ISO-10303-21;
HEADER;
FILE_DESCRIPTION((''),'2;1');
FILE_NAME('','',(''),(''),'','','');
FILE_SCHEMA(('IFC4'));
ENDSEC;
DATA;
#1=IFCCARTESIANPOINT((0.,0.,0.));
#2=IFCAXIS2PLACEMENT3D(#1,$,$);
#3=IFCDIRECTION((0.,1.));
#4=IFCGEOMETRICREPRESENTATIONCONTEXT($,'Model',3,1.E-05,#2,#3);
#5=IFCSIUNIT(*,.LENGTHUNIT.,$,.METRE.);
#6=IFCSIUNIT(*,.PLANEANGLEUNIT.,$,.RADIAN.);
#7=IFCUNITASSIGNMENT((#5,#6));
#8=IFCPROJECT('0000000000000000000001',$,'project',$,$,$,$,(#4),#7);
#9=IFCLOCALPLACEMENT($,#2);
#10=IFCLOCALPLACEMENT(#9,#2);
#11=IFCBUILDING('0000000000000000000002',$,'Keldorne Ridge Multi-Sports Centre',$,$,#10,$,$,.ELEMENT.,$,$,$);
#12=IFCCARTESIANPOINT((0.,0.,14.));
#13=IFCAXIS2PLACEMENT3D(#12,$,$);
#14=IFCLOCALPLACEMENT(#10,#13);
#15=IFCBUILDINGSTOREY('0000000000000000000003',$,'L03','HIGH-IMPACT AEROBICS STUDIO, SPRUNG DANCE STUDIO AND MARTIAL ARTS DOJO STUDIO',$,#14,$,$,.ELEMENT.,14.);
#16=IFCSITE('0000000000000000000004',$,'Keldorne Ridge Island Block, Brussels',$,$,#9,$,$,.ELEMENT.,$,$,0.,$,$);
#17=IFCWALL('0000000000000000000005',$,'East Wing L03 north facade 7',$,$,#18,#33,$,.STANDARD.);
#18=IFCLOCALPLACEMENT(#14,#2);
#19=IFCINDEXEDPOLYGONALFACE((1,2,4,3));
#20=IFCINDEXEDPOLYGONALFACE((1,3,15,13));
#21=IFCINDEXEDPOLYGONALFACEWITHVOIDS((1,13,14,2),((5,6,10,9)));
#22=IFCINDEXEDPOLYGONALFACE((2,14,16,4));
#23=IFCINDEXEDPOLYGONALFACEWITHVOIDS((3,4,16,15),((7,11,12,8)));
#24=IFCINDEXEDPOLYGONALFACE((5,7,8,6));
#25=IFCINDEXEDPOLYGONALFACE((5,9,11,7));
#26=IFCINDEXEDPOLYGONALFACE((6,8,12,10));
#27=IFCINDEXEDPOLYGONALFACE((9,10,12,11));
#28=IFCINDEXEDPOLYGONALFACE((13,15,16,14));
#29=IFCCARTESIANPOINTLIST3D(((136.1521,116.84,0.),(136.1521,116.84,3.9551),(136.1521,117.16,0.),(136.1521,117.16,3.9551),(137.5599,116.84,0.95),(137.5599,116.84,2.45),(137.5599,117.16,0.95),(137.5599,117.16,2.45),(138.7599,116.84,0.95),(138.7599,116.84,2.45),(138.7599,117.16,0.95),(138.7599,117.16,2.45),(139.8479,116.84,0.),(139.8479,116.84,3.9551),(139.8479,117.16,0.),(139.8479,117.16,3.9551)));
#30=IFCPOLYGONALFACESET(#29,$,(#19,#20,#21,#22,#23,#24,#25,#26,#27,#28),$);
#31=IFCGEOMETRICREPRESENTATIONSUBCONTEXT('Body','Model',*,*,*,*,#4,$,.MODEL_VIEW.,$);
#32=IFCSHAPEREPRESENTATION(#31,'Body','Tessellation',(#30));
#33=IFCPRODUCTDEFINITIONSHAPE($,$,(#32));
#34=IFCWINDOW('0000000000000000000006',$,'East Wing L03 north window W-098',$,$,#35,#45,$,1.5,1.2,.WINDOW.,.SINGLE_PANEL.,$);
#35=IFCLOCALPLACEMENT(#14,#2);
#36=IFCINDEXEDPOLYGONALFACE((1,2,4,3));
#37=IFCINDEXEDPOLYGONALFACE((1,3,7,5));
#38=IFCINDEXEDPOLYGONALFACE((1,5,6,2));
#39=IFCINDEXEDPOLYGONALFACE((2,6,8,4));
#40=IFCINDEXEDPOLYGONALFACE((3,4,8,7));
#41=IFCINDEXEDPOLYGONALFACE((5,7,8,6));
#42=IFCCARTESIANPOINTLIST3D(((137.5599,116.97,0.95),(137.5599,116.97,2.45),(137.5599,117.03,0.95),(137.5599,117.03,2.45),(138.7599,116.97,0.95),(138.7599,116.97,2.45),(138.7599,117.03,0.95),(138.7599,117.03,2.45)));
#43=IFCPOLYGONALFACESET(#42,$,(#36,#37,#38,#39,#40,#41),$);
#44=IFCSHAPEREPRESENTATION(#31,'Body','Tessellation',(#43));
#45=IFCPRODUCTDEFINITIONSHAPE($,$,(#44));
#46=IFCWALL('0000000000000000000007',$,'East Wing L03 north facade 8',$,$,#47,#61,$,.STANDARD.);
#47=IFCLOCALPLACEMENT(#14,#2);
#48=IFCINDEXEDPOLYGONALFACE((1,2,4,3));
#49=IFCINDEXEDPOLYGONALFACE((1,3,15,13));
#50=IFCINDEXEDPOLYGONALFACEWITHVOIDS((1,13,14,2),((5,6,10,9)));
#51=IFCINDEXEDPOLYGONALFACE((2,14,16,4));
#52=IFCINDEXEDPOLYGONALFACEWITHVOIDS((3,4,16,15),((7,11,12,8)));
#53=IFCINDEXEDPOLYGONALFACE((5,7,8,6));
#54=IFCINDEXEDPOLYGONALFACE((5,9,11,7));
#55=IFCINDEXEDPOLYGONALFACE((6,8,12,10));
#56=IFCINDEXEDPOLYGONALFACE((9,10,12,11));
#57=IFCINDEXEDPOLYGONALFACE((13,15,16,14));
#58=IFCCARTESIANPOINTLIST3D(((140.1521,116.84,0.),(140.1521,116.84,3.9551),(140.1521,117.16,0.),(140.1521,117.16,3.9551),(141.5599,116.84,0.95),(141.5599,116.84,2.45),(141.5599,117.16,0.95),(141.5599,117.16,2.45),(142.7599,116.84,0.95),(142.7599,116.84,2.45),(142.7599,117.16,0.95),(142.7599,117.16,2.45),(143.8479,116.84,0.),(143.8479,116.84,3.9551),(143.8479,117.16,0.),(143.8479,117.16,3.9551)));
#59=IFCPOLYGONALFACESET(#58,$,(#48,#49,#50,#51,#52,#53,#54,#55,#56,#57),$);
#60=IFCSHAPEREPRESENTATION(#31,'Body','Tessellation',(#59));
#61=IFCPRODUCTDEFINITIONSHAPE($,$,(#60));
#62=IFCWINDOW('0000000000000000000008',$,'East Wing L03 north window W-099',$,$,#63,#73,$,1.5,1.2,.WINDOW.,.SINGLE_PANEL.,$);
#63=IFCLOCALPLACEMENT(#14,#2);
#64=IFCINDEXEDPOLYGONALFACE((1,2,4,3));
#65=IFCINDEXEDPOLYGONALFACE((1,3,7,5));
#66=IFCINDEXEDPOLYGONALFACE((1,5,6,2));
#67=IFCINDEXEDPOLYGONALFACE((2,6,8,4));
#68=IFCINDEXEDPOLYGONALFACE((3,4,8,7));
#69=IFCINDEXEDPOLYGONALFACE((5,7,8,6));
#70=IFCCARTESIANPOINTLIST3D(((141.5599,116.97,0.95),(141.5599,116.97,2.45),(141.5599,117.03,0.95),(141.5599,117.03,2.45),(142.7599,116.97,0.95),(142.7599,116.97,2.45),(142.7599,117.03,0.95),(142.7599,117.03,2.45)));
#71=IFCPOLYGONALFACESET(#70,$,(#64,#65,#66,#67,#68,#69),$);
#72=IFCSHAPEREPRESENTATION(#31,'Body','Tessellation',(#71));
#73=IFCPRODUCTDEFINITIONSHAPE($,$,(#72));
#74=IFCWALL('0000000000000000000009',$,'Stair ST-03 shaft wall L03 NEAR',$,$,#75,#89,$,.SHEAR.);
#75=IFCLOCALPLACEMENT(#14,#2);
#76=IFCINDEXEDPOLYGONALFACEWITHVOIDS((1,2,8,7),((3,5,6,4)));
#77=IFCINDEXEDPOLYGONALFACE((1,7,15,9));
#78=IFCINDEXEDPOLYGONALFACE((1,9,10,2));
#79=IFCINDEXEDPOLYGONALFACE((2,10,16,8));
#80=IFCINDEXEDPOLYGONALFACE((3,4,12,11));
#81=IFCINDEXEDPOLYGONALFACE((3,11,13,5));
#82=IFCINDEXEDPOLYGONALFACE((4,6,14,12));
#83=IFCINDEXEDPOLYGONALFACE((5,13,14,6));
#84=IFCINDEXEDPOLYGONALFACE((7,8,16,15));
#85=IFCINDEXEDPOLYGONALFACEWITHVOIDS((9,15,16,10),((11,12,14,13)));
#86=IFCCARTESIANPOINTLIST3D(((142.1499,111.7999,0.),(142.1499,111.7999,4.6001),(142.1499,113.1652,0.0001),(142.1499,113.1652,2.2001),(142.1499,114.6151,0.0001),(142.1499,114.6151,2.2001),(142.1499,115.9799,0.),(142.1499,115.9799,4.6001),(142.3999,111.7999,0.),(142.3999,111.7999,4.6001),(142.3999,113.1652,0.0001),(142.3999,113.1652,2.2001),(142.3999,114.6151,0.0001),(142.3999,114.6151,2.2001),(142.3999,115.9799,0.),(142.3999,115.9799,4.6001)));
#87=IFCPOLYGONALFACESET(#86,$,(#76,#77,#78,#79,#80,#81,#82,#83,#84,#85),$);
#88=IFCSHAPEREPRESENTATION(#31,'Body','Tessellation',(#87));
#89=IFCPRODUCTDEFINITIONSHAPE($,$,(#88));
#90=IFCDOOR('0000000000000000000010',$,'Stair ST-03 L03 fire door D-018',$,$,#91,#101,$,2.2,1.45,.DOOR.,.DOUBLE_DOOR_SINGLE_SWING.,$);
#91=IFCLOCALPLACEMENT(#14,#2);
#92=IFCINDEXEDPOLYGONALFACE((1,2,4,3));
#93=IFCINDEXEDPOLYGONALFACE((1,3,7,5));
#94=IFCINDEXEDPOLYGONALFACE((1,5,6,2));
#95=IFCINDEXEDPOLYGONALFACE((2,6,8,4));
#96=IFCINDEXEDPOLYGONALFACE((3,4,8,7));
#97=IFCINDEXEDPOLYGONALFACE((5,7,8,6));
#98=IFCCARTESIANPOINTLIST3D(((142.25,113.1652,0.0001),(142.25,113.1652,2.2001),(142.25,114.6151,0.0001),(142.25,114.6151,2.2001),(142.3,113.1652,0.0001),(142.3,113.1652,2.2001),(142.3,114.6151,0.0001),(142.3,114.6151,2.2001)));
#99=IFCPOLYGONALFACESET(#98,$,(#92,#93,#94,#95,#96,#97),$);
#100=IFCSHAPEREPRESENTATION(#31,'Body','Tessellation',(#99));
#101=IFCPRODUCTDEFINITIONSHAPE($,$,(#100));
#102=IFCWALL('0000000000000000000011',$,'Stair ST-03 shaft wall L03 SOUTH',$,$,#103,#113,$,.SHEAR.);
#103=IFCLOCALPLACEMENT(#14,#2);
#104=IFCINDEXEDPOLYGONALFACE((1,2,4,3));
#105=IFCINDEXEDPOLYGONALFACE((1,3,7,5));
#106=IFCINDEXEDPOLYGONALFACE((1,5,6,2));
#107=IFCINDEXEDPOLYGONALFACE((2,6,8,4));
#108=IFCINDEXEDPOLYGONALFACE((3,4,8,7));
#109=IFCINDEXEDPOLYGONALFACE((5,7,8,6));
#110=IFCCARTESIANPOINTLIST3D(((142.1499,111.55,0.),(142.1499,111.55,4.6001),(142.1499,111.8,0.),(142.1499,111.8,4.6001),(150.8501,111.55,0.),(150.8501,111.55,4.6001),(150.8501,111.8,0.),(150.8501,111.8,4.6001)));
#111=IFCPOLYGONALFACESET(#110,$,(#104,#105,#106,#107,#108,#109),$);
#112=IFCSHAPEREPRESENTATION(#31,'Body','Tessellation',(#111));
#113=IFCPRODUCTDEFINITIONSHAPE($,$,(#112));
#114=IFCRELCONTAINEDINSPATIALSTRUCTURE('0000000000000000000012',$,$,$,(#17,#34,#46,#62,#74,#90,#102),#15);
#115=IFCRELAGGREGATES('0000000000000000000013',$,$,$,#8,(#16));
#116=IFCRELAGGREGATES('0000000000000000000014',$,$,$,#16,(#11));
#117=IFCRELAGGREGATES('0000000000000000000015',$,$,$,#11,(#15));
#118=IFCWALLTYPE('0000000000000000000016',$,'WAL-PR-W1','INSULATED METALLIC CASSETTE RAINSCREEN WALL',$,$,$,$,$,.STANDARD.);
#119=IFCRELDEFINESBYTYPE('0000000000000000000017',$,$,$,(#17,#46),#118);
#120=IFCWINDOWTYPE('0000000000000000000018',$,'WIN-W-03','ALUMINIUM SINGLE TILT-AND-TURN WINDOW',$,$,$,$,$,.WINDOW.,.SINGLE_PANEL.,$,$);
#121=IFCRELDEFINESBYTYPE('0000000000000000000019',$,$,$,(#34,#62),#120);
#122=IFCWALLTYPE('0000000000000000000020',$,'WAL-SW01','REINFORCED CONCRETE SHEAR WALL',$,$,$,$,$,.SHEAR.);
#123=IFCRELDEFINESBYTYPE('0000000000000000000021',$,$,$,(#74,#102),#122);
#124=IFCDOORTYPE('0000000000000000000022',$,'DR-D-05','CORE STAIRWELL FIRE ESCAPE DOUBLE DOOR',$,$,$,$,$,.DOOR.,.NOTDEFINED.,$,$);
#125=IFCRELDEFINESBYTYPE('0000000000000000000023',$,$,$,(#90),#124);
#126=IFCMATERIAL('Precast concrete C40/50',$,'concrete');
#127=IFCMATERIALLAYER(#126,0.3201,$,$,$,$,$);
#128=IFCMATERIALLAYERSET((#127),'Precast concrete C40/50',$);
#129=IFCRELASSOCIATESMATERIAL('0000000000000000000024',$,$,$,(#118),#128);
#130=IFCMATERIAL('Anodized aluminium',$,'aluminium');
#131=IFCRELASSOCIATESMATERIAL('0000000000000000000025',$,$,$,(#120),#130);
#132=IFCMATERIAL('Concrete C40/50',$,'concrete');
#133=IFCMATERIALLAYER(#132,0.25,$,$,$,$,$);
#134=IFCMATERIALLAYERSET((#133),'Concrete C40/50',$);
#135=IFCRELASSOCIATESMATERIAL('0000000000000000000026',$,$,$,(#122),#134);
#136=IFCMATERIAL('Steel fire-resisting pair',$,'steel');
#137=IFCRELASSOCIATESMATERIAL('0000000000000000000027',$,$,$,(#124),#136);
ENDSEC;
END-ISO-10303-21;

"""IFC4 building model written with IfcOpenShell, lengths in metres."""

from ifc_helpers import new_model, si_unit, direction, frame, frame_2d, origin, place, context, subcontext, project, spatial, rectangle, extrude, material, layer, layer_set, type_object, element, fill, save


model = new_model("IFC4")

# Units and contexts
model_context = context("Model", 3, precision=1e-05, world=origin(), true_north=direction((0.0, 1.0)))
body_context = subcontext(model_context, "Body", "Model", "MODEL_VIEW")
ifc_project = project(units=[si_unit("LENGTHUNIT", "METRE"), si_unit("PLANEANGLEUNIT", "RADIAN")], contexts=[model_context])

# Site, building, storey
site_placement = place(None, origin())
site = spatial("IfcSite", under=ifc_project, at=site_placement, Name="Keldorne Ridge Island Block, Brussels", CompositionType="ELEMENT", RefElevation=0.0)
building_placement = place(site_placement, origin())
building = spatial("IfcBuilding", under=site, at=building_placement, Name="Keldorne Ridge Multi-Sports Centre", CompositionType="ELEMENT")
storey_placement = place(building_placement, frame((0.0, 0.0, 14.0)))
storey = spatial("IfcBuildingStorey", under=building, at=storey_placement, Name="L03", Description="HIGH-IMPACT AEROBICS STUDIO, SPRUNG DANCE STUDIO AND MARTIAL ARTS DOJO STUDIO", CompositionType="ELEMENT", Elevation=14.0)

# Walls, openings, windows
ifc_material_1 = material(Name="Precast concrete C40/50", Category="concrete")
ifc_layer_1 = layer(ifc_material_1, 0.3201)
ifc_layer_set_1 = layer_set([ifc_layer_1], Name="Precast concrete C40/50")
wall_type_1 = type_object("IfcWallType", Name="WAL-PR-W1", Description="INSULATED METALLIC CASSETTE RAINSCREEN WALL", PredefinedType="STANDARD", material=ifc_layer_set_1)
ifc_material_2 = material(Name="Anodized aluminium", Category="aluminium")
window_type = type_object("IfcWindowType", Name="WIN-W-03", Description="ALUMINIUM SINGLE TILT-AND-TURN WINDOW", PartitioningType="SINGLE_PANEL", PredefinedType="WINDOW", material=ifc_material_2)
wall_1_placement = place(storey_placement, frame((139.8479, 117.0, 0.0), z_axis=(0.0, 0.0, 1.0), x_axis=(-1.0, 0.0, 0.0)))
wall_1 = element("IfcWall", 1, at=wall_1_placement, inside=storey, type_object=wall_type_1, Name="East Wing L03 north facade 7", PredefinedType="STANDARD", context=body_context, shape_type="SweptSolid", body=[
    extrude(rectangle(XDim=3.6958, YDim=0.3201, at=frame_2d((1.8479, 0.0))), origin(), (0.0, 0.0, 1.0), 3.9551),
])
opening_1_placement = place(wall_1_placement, frame((1.0879, 0.0, 0.95)))
opening_1 = element("IfcOpeningElement", 2, at=opening_1_placement, cuts=wall_1, PredefinedType="OPENING", context=body_context, shape_type="SweptSolid", body=[
    extrude(rectangle(XDim=1.2, YDim=1.5, at=frame_2d((0.6001, 0.75))), frame((0.0, 0.1699, 0.0), z_axis=(0.0, -1.0, 0.0), x_axis=(1.0, 0.0, 0.0)), (0.0, 0.0, 1.0), 0.3401),
])
window_1_placement = place(opening_1_placement, origin())
window_1 = element("IfcWindow", 3, at=window_1_placement, inside=storey, type_object=window_type, Name="East Wing L03 north window W-098", OverallHeight=1.5, OverallWidth=1.2, PartitioningType="SINGLE_PANEL", PredefinedType="WINDOW", context=body_context, shape_type="SweptSolid", body=[
    extrude(rectangle(XDim=1.2, YDim=1.5, at=frame_2d((0.6001, 0.75))), frame((0.0, 0.03, 0.0), z_axis=(0.0, -1.0, 0.0), x_axis=(1.0, 0.0, 0.0)), (0.0, 0.0, 1.0), 0.0601),
])
fill(opening_1, window_1)
wall_2_placement = place(storey_placement, frame((143.8479, 117.0, 0.0), z_axis=(0.0, 0.0, 1.0), x_axis=(-1.0, 0.0, 0.0)))
wall_2 = element("IfcWall", 4, at=wall_2_placement, inside=storey, type_object=wall_type_1, Name="East Wing L03 north facade 8", PredefinedType="STANDARD", context=body_context, shape_type="SweptSolid", body=[
    extrude(rectangle(XDim=3.6958, YDim=0.3201, at=frame_2d((1.8479, 0.0))), origin(), (0.0, 0.0, 1.0), 3.9551),
])
opening_2_placement = place(wall_2_placement, frame((1.0879, 0.0, 0.95)))
opening_2 = element("IfcOpeningElement", 5, at=opening_2_placement, cuts=wall_2, PredefinedType="OPENING", context=body_context, shape_type="SweptSolid", body=[
    extrude(rectangle(XDim=1.2, YDim=1.5, at=frame_2d((0.6001, 0.75))), frame((0.0, 0.1699, 0.0), z_axis=(0.0, -1.0, 0.0), x_axis=(1.0, 0.0, 0.0)), (0.0, 0.0, 1.0), 0.3401),
])
window_2_placement = place(opening_2_placement, origin())
window_2 = element("IfcWindow", 6, at=window_2_placement, inside=storey, type_object=window_type, Name="East Wing L03 north window W-099", OverallHeight=1.5, OverallWidth=1.2, PartitioningType="SINGLE_PANEL", PredefinedType="WINDOW", context=body_context, shape_type="SweptSolid", body=[
    extrude(rectangle(XDim=1.2, YDim=1.5, at=frame_2d((0.6001, 0.75))), frame((0.0, 0.03, 0.0), z_axis=(0.0, -1.0, 0.0), x_axis=(1.0, 0.0, 0.0)), (0.0, 0.0, 1.0), 0.0601),
])
fill(opening_2, window_2)

# Wall, opening, door
ifc_material_3 = material(Name="Concrete C40/50", Category="concrete")
ifc_layer_2 = layer(ifc_material_3, 0.25)
ifc_layer_set_2 = layer_set([ifc_layer_2], Name="Concrete C40/50")
wall_type_2 = type_object("IfcWallType", Name="WAL-SW01", Description="REINFORCED CONCRETE SHEAR WALL", PredefinedType="SHEAR", material=ifc_layer_set_2)
wall_3_placement = place(storey_placement, frame((142.2749, 111.8, 0.0), z_axis=(0.0, 0.0, 1.0), x_axis=(0.0, 1.0, 0.0)))
wall_3 = element("IfcWall", 7, at=wall_3_placement, inside=storey, type_object=wall_type_2, Name="Stair ST-03 shaft wall L03 NEAR", PredefinedType="SHEAR", context=body_context, shape_type="SweptSolid", body=[
    extrude(rectangle(XDim=4.1799, YDim=0.25, at=frame_2d((2.0898, 0.0))), origin(), (0.0, 0.0, 1.0), 4.6001),
])
opening_3_placement = place(wall_3_placement, frame((1.365, 0.0, 0.0)))
opening_3 = element("IfcOpeningElement", 8, at=opening_3_placement, cuts=wall_3, PredefinedType="OPENING", context=body_context, shape_type="SweptSolid", body=[
    extrude(rectangle(XDim=1.45, YDim=2.2, at=frame_2d((0.7251, 1.1001))), frame((0.0, 0.135, 0.0), z_axis=(0.0, -1.0, 0.0), x_axis=(1.0, 0.0, 0.0)), (0.0, 0.0, 1.0), 0.27),
])
ifc_material_4 = material(Name="Steel fire-resisting pair", Category="steel")
door_type = type_object("IfcDoorType", Name="DR-D-05", Description="CORE STAIRWELL FIRE ESCAPE DOUBLE DOOR", OperationType="NOTDEFINED", PredefinedType="DOOR", material=ifc_material_4)
door_placement = place(opening_3_placement, origin())
door = element("IfcDoor", 9, at=door_placement, inside=storey, type_object=door_type, Name="Stair ST-03 L03 fire door D-018", OperationType="DOUBLE_DOOR_SINGLE_SWING", OverallHeight=2.2, OverallWidth=1.45, PredefinedType="DOOR", context=body_context, shape_type="SweptSolid", body=[
    extrude(rectangle(XDim=1.45, YDim=2.2, at=frame_2d((0.7251, 1.1001))), frame((0.0, 0.0249, 0.0), z_axis=(0.0, -1.0, 0.0), x_axis=(1.0, 0.0, 0.0)), (0.0, 0.0, 1.0), 0.05),
])
fill(opening_3, door)

# Wall
wall_4_placement = place(storey_placement, frame((142.1499, 111.675, 0.0), z_axis=(0.0, 0.0, 1.0), x_axis=(1.0, 0.0, 0.0)))
element("IfcWall", 10, at=wall_4_placement, inside=storey, type_object=wall_type_2, Name="Stair ST-03 shaft wall L03 SOUTH", PredefinedType="SHEAR", context=body_context, shape_type="SweptSolid", body=[
    extrude(rectangle(XDim=8.7002, YDim=0.25, at=frame_2d((4.3501, 0.0))), origin(), (0.0, 0.0, 1.0), 4.6001),
])

save(model, "model.ifc")
